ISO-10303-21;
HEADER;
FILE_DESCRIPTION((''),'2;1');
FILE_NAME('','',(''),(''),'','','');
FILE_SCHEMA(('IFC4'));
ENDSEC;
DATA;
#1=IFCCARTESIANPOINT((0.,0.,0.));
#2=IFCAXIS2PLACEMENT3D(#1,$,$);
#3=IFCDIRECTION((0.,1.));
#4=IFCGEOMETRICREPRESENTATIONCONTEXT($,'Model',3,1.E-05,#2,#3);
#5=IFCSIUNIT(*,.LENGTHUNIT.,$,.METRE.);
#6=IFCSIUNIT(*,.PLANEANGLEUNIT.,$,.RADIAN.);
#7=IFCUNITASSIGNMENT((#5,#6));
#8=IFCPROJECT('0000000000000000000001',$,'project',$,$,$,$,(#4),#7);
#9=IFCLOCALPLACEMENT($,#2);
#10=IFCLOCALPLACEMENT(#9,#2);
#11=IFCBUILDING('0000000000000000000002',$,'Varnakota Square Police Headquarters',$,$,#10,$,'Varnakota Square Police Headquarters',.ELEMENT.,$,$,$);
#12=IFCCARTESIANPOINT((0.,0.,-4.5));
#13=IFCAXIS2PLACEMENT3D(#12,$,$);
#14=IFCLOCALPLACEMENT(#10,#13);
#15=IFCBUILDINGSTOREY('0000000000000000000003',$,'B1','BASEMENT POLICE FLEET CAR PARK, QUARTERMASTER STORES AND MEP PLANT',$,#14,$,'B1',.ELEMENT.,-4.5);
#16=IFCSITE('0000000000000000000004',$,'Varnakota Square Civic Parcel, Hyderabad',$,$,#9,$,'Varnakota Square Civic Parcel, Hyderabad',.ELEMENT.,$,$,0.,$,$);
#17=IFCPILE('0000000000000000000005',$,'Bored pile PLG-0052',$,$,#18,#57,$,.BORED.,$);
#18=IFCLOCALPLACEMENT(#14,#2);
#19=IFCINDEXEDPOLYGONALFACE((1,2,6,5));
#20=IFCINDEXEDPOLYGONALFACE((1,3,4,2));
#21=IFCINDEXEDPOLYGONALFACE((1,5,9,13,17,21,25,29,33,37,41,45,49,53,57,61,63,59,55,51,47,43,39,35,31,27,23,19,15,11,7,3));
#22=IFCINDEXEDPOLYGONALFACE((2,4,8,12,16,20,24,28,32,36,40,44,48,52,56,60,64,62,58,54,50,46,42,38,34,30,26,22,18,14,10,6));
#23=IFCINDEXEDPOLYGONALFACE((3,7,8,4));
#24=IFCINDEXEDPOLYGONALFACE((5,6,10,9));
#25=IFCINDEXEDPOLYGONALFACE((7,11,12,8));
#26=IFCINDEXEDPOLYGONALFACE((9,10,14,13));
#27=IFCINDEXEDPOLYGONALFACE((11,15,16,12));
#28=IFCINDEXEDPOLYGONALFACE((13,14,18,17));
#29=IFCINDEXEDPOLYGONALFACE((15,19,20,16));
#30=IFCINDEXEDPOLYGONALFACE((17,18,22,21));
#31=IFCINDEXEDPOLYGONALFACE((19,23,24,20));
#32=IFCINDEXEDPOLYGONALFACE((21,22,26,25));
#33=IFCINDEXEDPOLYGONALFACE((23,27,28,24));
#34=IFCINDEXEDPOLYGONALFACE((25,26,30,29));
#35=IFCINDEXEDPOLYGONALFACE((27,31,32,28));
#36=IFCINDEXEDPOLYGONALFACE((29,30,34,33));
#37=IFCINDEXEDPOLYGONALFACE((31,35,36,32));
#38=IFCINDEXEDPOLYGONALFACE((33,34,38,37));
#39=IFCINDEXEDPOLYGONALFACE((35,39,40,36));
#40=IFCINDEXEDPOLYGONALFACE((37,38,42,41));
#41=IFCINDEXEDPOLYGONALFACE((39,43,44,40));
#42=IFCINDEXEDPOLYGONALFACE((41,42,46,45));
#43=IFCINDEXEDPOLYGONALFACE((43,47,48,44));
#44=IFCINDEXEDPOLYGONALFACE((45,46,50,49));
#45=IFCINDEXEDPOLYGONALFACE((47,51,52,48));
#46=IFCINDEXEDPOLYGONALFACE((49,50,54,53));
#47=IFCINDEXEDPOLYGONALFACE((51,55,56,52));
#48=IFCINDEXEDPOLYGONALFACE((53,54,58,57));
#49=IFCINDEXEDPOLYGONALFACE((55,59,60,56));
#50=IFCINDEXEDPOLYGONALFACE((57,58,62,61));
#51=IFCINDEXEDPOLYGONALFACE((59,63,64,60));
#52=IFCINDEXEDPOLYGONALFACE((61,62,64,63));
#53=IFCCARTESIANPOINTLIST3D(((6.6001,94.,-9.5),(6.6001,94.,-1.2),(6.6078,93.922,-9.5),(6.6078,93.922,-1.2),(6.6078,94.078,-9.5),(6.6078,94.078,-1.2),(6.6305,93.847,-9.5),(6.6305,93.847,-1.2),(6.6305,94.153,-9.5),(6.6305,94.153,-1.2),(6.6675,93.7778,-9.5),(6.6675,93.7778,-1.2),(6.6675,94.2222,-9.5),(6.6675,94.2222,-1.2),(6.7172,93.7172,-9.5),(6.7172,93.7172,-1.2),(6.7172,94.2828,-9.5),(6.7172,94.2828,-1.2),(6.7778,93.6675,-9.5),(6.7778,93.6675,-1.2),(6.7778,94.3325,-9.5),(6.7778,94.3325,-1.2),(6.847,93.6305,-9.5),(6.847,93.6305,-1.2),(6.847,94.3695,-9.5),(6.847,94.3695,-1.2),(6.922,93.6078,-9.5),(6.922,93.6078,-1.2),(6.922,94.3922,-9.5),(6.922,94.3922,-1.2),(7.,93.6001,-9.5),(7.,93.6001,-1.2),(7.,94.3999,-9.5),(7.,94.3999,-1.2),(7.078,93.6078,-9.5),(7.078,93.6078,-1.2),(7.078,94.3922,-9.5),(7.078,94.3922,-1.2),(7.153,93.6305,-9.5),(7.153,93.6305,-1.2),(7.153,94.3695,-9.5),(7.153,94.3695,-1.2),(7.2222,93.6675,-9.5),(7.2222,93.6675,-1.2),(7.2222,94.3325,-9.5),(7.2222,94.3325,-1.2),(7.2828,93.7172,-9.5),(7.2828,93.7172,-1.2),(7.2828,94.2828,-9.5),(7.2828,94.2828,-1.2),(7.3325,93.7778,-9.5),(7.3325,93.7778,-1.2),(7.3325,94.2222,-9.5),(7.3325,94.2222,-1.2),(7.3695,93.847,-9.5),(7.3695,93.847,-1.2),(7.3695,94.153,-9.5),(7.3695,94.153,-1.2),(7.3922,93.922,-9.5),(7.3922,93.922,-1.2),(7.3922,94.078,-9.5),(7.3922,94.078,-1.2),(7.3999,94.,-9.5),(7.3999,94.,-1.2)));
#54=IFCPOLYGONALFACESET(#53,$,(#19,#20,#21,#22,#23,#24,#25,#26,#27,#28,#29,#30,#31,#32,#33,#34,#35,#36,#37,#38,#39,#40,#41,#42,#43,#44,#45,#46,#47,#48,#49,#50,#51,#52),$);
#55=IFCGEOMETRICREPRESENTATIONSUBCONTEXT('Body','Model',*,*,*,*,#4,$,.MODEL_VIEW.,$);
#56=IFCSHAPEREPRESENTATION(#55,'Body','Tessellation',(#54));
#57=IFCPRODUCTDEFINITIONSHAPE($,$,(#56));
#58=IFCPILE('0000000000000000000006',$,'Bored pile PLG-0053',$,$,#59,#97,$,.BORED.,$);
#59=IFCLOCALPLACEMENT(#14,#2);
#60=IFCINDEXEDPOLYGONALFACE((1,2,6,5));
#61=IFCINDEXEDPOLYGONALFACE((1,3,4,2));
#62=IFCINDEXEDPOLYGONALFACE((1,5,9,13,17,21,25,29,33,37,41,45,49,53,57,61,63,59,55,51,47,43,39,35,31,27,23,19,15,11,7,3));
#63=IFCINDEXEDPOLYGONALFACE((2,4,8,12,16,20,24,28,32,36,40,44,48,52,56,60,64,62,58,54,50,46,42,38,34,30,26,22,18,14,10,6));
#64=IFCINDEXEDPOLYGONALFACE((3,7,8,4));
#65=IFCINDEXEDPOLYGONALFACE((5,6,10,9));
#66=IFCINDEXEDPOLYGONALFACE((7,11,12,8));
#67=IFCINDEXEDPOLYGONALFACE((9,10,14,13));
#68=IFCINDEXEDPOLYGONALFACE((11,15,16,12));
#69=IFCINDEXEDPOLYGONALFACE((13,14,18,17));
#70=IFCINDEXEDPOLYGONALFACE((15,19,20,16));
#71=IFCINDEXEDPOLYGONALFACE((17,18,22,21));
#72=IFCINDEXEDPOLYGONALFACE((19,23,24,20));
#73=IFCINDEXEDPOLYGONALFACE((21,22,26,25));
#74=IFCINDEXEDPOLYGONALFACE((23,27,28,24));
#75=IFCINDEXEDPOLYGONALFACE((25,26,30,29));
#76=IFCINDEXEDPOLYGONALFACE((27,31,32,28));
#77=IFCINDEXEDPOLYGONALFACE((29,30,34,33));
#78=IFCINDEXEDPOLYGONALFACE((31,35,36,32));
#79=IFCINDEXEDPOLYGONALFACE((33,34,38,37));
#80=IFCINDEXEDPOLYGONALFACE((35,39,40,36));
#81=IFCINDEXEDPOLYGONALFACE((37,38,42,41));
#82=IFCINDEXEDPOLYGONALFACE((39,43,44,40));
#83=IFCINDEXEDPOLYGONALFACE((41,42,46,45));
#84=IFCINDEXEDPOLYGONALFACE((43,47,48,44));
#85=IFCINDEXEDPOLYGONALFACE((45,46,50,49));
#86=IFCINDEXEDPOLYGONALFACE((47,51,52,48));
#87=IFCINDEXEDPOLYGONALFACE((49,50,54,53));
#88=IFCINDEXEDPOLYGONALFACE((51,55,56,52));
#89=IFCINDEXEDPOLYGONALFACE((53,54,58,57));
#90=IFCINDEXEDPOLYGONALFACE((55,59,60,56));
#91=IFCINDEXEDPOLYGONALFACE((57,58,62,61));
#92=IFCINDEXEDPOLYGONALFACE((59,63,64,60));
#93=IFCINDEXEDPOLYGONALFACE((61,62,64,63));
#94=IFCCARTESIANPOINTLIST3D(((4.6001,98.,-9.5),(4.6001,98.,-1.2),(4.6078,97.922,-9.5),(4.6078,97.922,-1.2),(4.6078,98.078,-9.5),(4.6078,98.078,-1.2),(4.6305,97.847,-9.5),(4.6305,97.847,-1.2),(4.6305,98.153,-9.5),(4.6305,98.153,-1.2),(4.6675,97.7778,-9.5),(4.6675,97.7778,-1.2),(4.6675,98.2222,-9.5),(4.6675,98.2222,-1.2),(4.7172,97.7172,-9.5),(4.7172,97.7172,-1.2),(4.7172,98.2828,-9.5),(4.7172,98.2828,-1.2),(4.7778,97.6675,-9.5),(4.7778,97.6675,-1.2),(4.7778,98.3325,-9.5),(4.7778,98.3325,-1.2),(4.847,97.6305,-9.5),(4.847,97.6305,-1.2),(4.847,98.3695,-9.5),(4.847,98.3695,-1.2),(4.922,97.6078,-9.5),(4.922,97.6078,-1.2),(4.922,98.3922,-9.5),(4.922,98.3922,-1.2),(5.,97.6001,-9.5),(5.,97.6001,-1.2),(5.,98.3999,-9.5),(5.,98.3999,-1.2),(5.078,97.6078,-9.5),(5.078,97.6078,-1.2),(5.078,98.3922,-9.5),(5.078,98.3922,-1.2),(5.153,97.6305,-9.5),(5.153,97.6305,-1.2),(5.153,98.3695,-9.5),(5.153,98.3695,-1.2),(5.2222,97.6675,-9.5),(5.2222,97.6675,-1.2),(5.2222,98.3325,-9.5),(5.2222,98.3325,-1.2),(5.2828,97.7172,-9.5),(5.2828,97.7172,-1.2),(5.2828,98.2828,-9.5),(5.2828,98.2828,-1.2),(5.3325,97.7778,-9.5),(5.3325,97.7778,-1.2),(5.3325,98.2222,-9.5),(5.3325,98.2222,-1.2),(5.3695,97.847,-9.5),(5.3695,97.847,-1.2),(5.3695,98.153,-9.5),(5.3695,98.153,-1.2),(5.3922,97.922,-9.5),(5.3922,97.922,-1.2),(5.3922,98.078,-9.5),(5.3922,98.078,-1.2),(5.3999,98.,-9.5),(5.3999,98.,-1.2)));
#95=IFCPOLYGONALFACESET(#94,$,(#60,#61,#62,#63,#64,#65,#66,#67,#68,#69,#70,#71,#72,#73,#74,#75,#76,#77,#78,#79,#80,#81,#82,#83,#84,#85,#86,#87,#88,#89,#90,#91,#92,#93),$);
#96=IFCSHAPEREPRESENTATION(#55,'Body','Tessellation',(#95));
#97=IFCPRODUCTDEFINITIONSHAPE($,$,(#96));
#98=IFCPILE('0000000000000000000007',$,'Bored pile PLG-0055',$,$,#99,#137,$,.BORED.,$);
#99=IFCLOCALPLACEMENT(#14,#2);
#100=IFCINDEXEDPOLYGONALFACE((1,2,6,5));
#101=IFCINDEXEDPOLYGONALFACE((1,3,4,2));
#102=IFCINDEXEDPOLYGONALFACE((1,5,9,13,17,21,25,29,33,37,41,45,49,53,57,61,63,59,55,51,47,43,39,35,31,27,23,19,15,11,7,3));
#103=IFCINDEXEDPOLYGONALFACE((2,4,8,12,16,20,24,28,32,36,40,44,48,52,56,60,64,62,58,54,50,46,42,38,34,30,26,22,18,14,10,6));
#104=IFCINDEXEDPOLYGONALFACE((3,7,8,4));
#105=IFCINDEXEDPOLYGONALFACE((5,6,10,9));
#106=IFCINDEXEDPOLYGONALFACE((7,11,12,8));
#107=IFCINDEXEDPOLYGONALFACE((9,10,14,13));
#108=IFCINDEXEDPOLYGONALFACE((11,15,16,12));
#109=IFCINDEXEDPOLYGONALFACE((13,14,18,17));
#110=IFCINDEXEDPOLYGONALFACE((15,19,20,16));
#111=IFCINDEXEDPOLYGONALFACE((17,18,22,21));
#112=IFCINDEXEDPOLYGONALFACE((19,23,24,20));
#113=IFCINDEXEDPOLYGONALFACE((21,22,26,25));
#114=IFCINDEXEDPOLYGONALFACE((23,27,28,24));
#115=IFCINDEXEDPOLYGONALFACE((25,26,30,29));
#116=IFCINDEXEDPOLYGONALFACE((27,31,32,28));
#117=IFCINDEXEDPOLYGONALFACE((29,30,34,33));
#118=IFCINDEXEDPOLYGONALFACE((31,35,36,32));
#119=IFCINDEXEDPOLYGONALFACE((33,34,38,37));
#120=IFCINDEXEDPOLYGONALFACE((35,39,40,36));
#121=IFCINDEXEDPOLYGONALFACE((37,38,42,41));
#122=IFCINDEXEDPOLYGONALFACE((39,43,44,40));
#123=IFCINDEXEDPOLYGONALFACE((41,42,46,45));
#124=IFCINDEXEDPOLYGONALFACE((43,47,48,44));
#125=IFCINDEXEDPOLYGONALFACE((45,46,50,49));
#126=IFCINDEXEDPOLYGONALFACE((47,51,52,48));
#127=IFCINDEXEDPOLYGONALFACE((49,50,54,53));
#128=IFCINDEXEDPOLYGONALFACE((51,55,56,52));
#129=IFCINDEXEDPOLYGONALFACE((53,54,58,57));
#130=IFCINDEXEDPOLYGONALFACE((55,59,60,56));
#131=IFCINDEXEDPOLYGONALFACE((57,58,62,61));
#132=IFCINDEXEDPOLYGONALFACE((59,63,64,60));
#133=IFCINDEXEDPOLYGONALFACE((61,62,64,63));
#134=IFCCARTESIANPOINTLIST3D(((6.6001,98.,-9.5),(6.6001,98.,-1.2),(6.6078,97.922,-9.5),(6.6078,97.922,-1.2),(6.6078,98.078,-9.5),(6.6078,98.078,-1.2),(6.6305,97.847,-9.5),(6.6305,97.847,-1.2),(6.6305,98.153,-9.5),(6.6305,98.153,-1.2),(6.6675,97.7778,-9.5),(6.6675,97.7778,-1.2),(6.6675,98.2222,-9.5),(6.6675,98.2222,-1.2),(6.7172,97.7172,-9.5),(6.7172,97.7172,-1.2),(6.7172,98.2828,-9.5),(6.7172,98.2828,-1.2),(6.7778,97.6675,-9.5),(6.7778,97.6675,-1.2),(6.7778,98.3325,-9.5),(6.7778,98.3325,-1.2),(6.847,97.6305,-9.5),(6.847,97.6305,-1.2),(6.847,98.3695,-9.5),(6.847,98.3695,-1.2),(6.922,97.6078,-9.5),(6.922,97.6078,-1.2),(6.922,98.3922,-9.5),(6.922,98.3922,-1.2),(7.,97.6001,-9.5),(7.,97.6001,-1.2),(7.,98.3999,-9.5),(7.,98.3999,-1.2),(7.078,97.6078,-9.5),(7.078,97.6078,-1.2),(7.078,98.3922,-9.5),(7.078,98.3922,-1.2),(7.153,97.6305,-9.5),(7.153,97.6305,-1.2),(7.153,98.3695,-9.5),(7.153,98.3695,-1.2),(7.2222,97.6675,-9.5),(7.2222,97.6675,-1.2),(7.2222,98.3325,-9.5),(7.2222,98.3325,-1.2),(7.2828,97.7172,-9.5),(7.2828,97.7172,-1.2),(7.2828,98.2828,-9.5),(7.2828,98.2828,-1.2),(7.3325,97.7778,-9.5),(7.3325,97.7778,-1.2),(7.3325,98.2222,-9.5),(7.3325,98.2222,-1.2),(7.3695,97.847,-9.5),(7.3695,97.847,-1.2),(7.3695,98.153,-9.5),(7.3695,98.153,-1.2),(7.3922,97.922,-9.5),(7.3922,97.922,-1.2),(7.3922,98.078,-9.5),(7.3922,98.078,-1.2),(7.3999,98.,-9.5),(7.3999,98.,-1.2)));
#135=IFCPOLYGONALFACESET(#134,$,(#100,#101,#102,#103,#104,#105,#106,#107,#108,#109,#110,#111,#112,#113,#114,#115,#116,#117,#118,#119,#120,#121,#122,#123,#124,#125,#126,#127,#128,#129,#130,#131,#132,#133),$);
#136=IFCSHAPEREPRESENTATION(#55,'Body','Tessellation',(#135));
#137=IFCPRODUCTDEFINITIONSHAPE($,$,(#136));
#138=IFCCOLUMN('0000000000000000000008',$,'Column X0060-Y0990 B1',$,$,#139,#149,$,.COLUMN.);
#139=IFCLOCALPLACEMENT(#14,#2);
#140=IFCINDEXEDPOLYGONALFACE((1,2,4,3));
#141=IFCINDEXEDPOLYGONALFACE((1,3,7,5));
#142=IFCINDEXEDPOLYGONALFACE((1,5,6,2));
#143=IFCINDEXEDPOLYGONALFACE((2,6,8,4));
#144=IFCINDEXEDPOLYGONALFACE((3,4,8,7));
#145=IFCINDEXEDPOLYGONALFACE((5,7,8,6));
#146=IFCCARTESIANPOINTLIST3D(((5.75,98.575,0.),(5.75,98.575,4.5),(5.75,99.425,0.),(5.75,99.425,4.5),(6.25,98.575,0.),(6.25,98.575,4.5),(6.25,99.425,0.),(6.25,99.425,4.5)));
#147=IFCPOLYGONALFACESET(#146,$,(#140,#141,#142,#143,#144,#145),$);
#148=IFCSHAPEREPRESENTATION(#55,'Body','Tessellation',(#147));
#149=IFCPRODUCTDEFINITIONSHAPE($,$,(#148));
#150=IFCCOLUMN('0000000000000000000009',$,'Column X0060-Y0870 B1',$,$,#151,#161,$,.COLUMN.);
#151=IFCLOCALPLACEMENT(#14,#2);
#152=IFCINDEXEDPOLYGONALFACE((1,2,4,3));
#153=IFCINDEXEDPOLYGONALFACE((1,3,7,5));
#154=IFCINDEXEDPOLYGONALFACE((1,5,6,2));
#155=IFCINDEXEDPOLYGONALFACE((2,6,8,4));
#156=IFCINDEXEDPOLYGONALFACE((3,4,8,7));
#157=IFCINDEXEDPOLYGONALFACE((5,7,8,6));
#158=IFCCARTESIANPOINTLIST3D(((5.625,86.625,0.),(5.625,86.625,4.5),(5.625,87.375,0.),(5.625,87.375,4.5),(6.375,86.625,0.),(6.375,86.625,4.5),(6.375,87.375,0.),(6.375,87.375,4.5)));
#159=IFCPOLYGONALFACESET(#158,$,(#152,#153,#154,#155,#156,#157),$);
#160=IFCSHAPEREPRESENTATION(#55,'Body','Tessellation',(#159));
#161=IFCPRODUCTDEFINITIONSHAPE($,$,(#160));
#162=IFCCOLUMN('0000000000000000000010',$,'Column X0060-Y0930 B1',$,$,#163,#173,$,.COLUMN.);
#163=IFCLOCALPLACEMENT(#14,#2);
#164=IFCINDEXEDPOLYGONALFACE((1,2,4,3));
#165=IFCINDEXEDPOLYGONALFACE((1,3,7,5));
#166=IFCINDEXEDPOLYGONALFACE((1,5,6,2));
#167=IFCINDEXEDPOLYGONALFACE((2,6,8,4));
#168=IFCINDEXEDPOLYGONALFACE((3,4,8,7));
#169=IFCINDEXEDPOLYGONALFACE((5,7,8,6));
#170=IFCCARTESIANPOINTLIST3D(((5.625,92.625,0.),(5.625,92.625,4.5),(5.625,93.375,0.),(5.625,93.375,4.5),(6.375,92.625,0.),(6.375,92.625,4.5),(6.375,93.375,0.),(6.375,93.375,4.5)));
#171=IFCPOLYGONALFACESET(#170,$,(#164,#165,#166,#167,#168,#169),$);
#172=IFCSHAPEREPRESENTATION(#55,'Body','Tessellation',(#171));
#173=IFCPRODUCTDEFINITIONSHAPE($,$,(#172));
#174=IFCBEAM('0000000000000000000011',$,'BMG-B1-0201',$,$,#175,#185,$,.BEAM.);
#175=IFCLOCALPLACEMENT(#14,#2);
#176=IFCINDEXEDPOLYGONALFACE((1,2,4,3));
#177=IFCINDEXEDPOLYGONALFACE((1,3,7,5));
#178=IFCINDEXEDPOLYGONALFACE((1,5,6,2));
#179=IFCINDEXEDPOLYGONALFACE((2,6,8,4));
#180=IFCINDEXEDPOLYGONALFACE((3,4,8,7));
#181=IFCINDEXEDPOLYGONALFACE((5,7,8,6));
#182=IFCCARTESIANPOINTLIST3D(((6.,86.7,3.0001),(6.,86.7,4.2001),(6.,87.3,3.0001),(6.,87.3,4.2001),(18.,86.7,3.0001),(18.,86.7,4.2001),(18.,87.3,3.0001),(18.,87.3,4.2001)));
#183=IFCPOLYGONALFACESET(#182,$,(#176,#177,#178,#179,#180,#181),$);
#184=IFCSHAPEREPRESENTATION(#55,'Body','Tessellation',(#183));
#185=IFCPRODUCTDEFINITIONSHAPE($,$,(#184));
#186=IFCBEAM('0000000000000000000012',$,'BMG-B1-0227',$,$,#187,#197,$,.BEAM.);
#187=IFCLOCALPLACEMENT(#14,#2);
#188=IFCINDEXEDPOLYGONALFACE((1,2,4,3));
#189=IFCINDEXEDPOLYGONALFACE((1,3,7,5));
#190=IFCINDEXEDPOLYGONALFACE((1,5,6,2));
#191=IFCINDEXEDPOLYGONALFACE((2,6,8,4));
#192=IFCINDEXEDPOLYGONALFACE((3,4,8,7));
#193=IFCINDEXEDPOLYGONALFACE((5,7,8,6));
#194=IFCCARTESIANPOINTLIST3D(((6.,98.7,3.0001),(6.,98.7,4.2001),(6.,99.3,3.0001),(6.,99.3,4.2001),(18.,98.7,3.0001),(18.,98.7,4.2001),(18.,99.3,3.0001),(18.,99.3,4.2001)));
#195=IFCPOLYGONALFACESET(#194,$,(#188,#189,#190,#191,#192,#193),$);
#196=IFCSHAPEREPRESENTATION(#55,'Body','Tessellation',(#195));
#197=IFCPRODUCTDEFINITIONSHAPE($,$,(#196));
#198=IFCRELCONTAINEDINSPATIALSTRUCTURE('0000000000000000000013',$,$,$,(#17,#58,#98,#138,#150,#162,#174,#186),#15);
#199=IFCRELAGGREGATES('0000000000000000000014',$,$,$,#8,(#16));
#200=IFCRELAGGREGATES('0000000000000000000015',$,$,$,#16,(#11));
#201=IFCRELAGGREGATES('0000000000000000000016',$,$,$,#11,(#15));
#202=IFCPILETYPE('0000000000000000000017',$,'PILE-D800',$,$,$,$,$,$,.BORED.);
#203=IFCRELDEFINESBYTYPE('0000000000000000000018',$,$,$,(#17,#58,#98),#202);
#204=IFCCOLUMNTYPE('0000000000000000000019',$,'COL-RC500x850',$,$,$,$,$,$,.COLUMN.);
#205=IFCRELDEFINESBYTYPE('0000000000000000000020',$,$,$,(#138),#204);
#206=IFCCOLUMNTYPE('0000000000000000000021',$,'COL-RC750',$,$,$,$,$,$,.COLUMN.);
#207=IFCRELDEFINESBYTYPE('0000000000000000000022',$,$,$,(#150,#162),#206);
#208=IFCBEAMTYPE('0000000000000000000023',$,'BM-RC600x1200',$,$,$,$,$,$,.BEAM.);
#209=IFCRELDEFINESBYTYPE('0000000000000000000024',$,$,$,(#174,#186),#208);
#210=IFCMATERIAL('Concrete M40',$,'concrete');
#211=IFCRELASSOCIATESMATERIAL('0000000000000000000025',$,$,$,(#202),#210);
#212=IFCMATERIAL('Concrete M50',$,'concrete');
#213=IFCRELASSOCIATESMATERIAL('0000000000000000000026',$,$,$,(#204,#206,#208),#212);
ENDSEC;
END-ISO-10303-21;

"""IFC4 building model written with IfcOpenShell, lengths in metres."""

from ifc_helpers import new_model, si_unit, direction, frame, origin, origin_2d, place, context, subcontext, project, spatial, rectangle, circle, extrude, material, material_profile, profile_set, type_object, element, save


model = new_model("IFC4")

# Units and contexts
model_context = context("Model", 3, precision=1e-05, world=origin(), true_north=direction((0.0, 1.0)))
body_context = subcontext(model_context, "Body", "Model", "MODEL_VIEW")
ifc_project = project(units=[si_unit("LENGTHUNIT", "METRE"), si_unit("PLANEANGLEUNIT", "RADIAN")], contexts=[model_context])

# Site, building, storey
site_placement = place(None, origin())
site = spatial("IfcSite", under=ifc_project, at=site_placement, Name="Varnakota Square Civic Parcel, Hyderabad", LongName="Varnakota Square Civic Parcel, Hyderabad", CompositionType="ELEMENT", RefElevation=0.0)
building_placement = place(site_placement, origin())
building = spatial("IfcBuilding", under=site, at=building_placement, Name="Varnakota Square Police Headquarters", LongName="Varnakota Square Police Headquarters", CompositionType="ELEMENT")
storey_placement = place(building_placement, frame((0.0, 0.0, -4.5)))
storey = spatial("IfcBuildingStorey", under=building, at=storey_placement, Name="B1", Description="BASEMENT POLICE FLEET CAR PARK, QUARTERMASTER STORES AND MEP PLANT", LongName="B1", CompositionType="ELEMENT", Elevation=-4.5)

# Shared definitions
ifc_material_1 = material(Name="Concrete M40", Category="concrete")

# Piles
ifc_material_profile_1 = material_profile(ifc_material_1, circle(Radius=0.3999, at=origin_2d()), Name="BORED PILE 800")
ifc_profile_set_1 = profile_set([ifc_material_profile_1], Name="Concrete M40")
pile_type = type_object("IfcPileType", Name="PILE-D800", PredefinedType="BORED", material=ifc_profile_set_1)
for number, where, z_axis, x_axis, name in (
    (1, (7.0, 94.0, -1.2), (0.0, 0.0, -1.0), (1.0, 0.0, 0.0), "Bored pile PLG-0052"),
    (2, (5.0, 98.0, -1.2), (0.0, 0.0, -1.0), (1.0, 0.0, 0.0), "Bored pile PLG-0053"),
    (3, (7.0, 98.0, -1.2), (0.0, 0.0, -1.0), (1.0, 0.0, 0.0), "Bored pile PLG-0055"),
):
    element("IfcPile", number, at=place(storey_placement, frame(where, z_axis=z_axis, x_axis=x_axis)), inside=storey, type_object=pile_type, Name=name, PredefinedType="BORED", context=body_context, shape_type="SweptSolid", body=[
        extrude(circle(Radius=0.3999, at=origin_2d()), origin(), (0.0, 0.0, 1.0), 8.3),
    ])

# Columns
ifc_material_2 = material(Name="Concrete M50", Category="concrete")
ifc_material_profile_2 = material_profile(ifc_material_2, rectangle(XDim=0.5, YDim=0.8501, at=origin_2d()), Name="RC 500x850")
ifc_profile_set_2 = profile_set([ifc_material_profile_2], Name="Concrete M50")
column_type_1 = type_object("IfcColumnType", Name="COL-RC500x850", PredefinedType="COLUMN", material=ifc_profile_set_2)
column_placement = place(storey_placement, frame((6.0, 99.0, 0.0), z_axis=(0.0, 0.0, 1.0), x_axis=(1.0, 0.0, 0.0)))
element("IfcColumn", 4, at=column_placement, inside=storey, type_object=column_type_1, Name="Column X0060-Y0990 B1", PredefinedType="COLUMN", context=body_context, shape_type="SweptSolid", body=[
    extrude(rectangle(XDim=0.5, YDim=0.8501, at=origin_2d()), origin(), (0.0, 0.0, 1.0), 4.5),
])
ifc_material_profile_3 = material_profile(ifc_material_2, rectangle(XDim=0.75, YDim=0.75, at=origin_2d()), Name="RC 750x750")
ifc_profile_set_3 = profile_set([ifc_material_profile_3], Name="Concrete M50")
column_type_2 = type_object("IfcColumnType", Name="COL-RC750", PredefinedType="COLUMN", material=ifc_profile_set_3)
for number, where, z_axis, x_axis, name in (
    (5, (6.0, 87.0, 0.0), (0.0, 0.0, 1.0), (1.0, 0.0, 0.0), "Column X0060-Y0870 B1"),
    (6, (6.0, 93.0, 0.0), (0.0, 0.0, 1.0), (1.0, 0.0, 0.0), "Column X0060-Y0930 B1"),
):
    element("IfcColumn", number, at=place(storey_placement, frame(where, z_axis=z_axis, x_axis=x_axis)), inside=storey, type_object=column_type_2, Name=name, PredefinedType="COLUMN", context=body_context, shape_type="SweptSolid", body=[
        extrude(rectangle(XDim=0.75, YDim=0.75, at=origin_2d()), origin(), (0.0, 0.0, 1.0), 4.5),
    ])

# Beams
ifc_material_profile_4 = material_profile(ifc_material_2, rectangle(XDim=0.6001, YDim=1.2, at=origin_2d()), Name="RC 600x1200")
ifc_profile_set_4 = profile_set([ifc_material_profile_4], Name="Concrete M50")
beam_type_1 = type_object("IfcBeamType", Name="BM-RC600x1200", PredefinedType="BEAM", material=ifc_profile_set_4)
for number, where, z_axis, x_axis, name in (
    (7, (6.0, 87.0, 3.6001), (1.0, 0.0, 0.0), (0.0, 1.0, 0.0), "BMG-B1-0201"),
    (8, (6.0, 99.0, 3.6001), (1.0, 0.0, 0.0), (0.0, 1.0, 0.0), "BMG-B1-0227"),
):
    element("IfcBeam", number, at=place(storey_placement, frame(where, z_axis=z_axis, x_axis=x_axis)), inside=storey, type_object=beam_type_1, Name=name, PredefinedType="BEAM", context=body_context, shape_type="SweptSolid", body=[
        extrude(rectangle(XDim=0.6001, YDim=1.2, at=origin_2d()), origin(), (0.0, 0.0, 1.0), 12.0),
    ])

save(model, "model.ifc")
